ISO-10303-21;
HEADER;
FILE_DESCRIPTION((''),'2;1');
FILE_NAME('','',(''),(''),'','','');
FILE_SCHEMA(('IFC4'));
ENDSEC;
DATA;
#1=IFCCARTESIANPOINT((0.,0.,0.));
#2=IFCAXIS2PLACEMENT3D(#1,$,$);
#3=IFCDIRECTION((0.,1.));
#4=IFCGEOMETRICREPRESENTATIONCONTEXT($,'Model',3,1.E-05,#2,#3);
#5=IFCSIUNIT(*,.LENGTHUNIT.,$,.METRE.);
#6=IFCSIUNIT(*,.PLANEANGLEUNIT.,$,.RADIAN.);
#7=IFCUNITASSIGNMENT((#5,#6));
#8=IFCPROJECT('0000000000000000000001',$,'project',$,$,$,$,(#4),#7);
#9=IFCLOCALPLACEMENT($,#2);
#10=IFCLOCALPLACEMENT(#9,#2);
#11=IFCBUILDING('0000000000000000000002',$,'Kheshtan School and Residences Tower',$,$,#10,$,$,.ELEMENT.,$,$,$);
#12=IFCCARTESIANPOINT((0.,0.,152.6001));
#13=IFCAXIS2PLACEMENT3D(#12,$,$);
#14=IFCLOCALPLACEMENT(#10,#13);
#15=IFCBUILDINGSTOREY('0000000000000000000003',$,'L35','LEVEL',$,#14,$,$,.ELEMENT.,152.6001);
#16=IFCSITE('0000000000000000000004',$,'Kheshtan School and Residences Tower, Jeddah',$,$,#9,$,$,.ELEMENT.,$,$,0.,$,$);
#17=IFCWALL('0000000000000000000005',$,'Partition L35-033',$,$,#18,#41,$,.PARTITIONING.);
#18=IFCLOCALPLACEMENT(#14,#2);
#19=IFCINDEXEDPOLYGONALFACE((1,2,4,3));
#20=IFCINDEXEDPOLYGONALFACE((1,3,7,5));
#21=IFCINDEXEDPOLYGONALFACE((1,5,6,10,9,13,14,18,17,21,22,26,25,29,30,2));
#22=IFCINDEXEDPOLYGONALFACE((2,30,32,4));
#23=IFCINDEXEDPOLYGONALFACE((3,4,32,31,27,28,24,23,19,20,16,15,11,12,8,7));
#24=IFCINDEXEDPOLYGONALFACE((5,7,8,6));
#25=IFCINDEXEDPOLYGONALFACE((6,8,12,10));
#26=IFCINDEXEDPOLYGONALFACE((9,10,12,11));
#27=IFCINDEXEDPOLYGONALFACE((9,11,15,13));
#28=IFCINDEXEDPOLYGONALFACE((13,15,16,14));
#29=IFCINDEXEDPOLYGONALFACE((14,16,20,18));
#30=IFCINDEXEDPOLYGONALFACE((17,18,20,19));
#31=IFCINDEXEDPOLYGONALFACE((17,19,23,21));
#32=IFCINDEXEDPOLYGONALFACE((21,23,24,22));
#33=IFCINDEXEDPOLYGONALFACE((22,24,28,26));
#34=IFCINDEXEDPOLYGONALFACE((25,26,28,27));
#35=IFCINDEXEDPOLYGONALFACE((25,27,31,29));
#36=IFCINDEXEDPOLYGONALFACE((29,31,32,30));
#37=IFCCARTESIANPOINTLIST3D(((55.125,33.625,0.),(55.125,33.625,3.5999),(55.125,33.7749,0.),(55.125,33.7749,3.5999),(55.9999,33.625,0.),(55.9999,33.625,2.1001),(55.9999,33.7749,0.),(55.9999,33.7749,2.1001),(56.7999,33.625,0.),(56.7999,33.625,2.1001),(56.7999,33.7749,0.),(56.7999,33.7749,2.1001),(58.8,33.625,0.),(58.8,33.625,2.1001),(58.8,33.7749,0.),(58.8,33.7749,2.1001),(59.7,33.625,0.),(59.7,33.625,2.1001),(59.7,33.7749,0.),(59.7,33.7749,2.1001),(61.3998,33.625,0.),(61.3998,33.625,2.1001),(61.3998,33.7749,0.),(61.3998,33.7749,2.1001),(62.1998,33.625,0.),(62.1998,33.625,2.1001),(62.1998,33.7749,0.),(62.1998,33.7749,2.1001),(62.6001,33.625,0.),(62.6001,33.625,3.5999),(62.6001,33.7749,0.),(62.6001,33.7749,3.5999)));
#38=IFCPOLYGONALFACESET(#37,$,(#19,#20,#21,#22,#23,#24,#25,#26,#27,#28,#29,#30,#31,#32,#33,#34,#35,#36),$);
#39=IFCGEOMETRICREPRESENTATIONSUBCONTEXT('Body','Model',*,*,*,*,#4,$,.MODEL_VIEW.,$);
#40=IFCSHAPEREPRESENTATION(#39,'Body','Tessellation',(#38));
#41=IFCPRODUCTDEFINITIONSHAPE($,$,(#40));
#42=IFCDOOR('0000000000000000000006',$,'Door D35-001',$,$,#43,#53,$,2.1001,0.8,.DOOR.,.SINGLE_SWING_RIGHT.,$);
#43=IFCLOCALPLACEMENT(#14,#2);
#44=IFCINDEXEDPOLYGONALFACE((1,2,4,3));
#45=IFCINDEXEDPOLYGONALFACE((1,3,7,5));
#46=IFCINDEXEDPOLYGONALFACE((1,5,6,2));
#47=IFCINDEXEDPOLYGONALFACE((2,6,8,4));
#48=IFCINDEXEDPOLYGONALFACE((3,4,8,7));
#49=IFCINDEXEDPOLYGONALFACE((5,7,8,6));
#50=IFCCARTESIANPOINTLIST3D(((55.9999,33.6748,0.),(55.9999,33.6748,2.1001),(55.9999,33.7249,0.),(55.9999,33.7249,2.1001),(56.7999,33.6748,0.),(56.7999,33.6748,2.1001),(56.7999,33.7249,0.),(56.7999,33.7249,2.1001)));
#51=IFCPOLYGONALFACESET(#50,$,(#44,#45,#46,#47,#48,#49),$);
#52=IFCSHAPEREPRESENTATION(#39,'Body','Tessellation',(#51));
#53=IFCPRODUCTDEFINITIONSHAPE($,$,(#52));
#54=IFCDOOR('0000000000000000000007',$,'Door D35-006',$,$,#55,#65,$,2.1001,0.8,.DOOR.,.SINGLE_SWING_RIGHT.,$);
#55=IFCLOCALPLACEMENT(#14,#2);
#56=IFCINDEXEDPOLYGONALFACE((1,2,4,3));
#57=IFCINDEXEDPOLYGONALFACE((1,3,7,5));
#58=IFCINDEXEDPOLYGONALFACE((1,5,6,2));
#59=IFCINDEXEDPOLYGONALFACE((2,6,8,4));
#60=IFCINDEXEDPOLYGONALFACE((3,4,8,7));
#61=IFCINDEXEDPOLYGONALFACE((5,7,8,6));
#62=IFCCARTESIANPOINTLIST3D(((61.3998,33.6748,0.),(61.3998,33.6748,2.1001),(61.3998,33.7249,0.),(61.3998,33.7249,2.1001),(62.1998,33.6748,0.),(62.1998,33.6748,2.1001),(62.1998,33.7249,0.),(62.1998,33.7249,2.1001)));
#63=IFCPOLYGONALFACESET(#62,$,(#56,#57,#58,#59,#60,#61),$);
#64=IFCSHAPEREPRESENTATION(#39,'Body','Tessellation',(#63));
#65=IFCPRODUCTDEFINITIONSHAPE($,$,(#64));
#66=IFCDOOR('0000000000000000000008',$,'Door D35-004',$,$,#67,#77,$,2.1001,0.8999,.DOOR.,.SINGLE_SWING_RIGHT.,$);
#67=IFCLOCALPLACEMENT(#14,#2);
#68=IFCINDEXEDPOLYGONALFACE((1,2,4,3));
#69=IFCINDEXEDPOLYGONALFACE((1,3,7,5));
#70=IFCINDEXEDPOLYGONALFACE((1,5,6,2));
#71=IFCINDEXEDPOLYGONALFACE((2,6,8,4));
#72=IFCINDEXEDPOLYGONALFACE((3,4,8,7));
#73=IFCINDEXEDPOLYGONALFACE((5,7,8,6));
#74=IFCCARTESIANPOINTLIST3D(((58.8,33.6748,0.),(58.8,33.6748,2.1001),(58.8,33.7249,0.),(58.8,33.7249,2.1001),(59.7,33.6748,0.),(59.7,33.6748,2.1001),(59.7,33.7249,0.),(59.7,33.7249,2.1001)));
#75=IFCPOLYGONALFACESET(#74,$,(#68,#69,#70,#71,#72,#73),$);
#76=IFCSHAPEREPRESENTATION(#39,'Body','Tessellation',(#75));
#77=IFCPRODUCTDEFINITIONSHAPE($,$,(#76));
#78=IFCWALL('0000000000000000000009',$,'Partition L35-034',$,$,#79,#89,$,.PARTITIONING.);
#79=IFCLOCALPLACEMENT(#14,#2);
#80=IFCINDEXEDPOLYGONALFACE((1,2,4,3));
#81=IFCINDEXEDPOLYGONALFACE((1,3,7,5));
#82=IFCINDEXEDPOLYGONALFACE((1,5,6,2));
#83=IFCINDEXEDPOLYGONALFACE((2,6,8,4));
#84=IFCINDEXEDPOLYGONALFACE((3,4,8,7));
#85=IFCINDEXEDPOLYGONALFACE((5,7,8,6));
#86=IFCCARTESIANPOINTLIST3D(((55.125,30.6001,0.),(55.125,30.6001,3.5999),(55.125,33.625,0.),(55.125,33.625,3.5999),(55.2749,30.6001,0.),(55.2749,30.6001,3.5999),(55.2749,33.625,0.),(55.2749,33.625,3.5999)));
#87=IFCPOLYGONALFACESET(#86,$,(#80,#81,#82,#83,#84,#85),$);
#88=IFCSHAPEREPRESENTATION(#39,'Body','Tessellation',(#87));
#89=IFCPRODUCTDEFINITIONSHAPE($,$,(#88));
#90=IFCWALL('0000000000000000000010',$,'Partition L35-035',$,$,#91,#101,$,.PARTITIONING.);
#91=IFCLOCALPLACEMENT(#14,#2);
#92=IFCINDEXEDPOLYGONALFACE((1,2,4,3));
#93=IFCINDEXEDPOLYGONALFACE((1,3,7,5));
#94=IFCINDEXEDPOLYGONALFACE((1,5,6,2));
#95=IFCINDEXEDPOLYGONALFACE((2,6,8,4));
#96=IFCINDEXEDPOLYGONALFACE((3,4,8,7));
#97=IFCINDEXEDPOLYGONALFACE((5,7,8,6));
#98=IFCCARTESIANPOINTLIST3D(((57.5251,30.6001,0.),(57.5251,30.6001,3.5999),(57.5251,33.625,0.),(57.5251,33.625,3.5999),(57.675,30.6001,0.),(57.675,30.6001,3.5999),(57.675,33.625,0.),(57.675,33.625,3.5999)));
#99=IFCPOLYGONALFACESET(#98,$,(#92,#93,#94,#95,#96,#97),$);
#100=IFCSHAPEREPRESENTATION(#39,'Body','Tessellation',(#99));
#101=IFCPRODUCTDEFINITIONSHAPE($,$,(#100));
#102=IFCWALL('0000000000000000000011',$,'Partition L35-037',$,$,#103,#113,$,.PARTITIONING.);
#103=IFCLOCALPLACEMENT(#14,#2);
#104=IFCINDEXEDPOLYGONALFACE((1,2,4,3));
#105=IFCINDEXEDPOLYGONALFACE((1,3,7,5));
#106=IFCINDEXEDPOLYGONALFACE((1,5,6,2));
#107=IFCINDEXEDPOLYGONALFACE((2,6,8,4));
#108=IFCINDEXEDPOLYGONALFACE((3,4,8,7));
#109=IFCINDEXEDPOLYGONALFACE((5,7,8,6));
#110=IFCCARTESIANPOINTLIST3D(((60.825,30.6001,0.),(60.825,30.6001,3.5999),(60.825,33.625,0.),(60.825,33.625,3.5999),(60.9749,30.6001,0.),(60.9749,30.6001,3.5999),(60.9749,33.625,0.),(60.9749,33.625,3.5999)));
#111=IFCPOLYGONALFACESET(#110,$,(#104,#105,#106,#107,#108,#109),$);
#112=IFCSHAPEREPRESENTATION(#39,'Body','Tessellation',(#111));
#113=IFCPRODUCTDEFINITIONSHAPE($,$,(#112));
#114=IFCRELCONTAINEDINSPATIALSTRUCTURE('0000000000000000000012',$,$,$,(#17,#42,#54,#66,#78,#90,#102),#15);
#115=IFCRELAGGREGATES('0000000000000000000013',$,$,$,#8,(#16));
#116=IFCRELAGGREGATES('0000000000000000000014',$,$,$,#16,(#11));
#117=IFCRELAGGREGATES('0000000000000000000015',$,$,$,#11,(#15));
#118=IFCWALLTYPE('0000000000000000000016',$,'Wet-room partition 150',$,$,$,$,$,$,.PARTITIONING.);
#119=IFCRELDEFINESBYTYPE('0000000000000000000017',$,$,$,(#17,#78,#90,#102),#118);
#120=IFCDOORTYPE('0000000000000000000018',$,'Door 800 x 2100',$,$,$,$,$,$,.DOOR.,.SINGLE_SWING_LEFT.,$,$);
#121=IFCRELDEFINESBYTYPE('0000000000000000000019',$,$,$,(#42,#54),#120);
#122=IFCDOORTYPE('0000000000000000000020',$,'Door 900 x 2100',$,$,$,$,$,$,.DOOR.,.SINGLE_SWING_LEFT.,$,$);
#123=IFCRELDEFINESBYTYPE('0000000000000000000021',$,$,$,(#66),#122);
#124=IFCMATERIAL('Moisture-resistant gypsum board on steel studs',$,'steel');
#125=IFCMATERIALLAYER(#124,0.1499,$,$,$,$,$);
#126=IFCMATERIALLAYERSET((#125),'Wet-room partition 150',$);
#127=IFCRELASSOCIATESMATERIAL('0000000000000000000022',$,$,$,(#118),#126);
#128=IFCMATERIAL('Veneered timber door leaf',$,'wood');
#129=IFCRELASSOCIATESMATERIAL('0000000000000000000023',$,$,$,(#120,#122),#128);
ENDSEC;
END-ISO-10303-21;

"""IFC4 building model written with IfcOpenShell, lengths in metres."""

from ifc_helpers import new_model, si_unit, direction, frame, frame_2d, origin, place, context, subcontext, project, spatial, rectangle, extrude, source, transform, mapped, material, layer, layer_set, type_object, element, fill, save


model = new_model("IFC4")

# Units and contexts
model_context = context("Model", 3, precision=1e-05, world=origin(), true_north=direction((0.0, 1.0)))
body_context = subcontext(model_context, "Body", "Model", "MODEL_VIEW")
ifc_project = project(units=[si_unit("LENGTHUNIT", "METRE"), si_unit("PLANEANGLEUNIT", "RADIAN")], contexts=[model_context])

# Site, building, storey
site_placement = place(None, origin())
site = spatial("IfcSite", under=ifc_project, at=site_placement, Name="Kheshtan School and Residences Tower, Jeddah", CompositionType="ELEMENT", RefElevation=0.0)
building_placement = place(site_placement, origin())
building = spatial("IfcBuilding", under=site, at=building_placement, Name="Kheshtan School and Residences Tower", CompositionType="ELEMENT")
storey_placement = place(building_placement, frame((0.0, 0.0, 152.6001)))
storey = spatial("IfcBuildingStorey", under=building, at=storey_placement, Name="L35", Description="LEVEL", CompositionType="ELEMENT", Elevation=152.6001)

# Wall, openings, doors
ifc_material_1 = material(Name="Moisture-resistant gypsum board on steel studs", Category="steel")
ifc_layer_1 = layer(ifc_material_1, 0.1499)
ifc_layer_set_1 = layer_set([ifc_layer_1], Name="Wet-room partition 150")
wall_type_1 = type_object("IfcWallType", Name="Wet-room partition 150", PredefinedType="PARTITIONING", material=ifc_layer_set_1)
wall_1_placement = place(storey_placement, frame((55.125, 33.7, 0.0), z_axis=(0.0, 0.0, 1.0), x_axis=(1.0, 0.0, 0.0)))
wall_1 = element("IfcWall", 1, at=wall_1_placement, inside=storey, type_object=wall_type_1, Name="Partition L35-033", PredefinedType="PARTITIONING", context=body_context, shape_type="SweptSolid", body=[
    extrude(rectangle(XDim=7.4751, YDim=0.1499, at=frame_2d((3.7375, 0.0))), origin(), (0.0, 0.0, 1.0), 3.5999),
])
opening_1_placement = place(wall_1_placement, frame((0.875, 0.0, 0.0)))
opening_1 = element("IfcOpeningElement", 2, at=opening_1_placement, cuts=wall_1, PredefinedType="OPENING", context=body_context, shape_type="SweptSolid", body=[
    extrude(rectangle(XDim=0.8, YDim=2.1001, at=frame_2d((0.3999, 1.05))), frame((0.0, 0.085, 0.0), z_axis=(0.0, -1.0, 0.0), x_axis=(1.0, 0.0, 0.0)), (0.0, 0.0, 1.0), 0.1699),
])
opening_2_placement = place(wall_1_placement, frame((3.675, 0.0, 0.0)))
opening_2 = element("IfcOpeningElement", 3, at=opening_2_placement, cuts=wall_1, PredefinedType="OPENING", context=body_context, shape_type="SweptSolid", body=[
    extrude(rectangle(XDim=0.8999, YDim=2.1001, at=frame_2d((0.45, 1.05))), frame((0.0, 0.085, 0.0), z_axis=(0.0, -1.0, 0.0), x_axis=(1.0, 0.0, 0.0)), (0.0, 0.0, 1.0), 0.1699),
])
opening_3_placement = place(wall_1_placement, frame((6.2749, 0.0, 0.0)))
opening_3 = element("IfcOpeningElement", 4, at=opening_3_placement, cuts=wall_1, PredefinedType="OPENING", context=body_context, shape_type="SweptSolid", body=[
    extrude(rectangle(XDim=0.8, YDim=2.1001, at=frame_2d((0.3999, 1.05))), frame((0.0, 0.085, 0.0), z_axis=(0.0, -1.0, 0.0), x_axis=(1.0, 0.0, 0.0)), (0.0, 0.0, 1.0), 0.1699),
])
ifc_material_2 = material(Name="Veneered timber door leaf", Category="wood")
door_type_1 = type_object("IfcDoorType", Name="Door 800 x 2100", OperationType="SINGLE_SWING_LEFT", PredefinedType="DOOR", material=ifc_material_2)
shared_shape_1 = source(origin(), body_context, "Body", "SweptSolid", [
    extrude(rectangle(XDim=0.8, YDim=2.1001, at=frame_2d((0.3999, 1.05))), frame((0.0, 0.0249, 0.0), z_axis=(0.0, -1.0, 0.0), x_axis=(1.0, 0.0, 0.0)), (0.0, 0.0, 1.0), 0.05),
])
door_1_placement = place(opening_1_placement, origin())
door_1 = element("IfcDoor", 5, at=door_1_placement, inside=storey, type_object=door_type_1, Name="Door D35-001", OperationType="SINGLE_SWING_RIGHT", OverallHeight=2.1001, OverallWidth=0.8, PredefinedType="DOOR", context=body_context, shape_type="MappedRepresentation", body=[
    mapped(shared_shape_1, transform((0.0, 0.0, 0.0), x_axis=(1.0, 0.0, 0.0), y_axis=(0.0, 1.0, 0.0), z_axis=(0.0, 0.0, 1.0), scale=1.0)),
])
fill(opening_1, door_1)
door_2_placement = place(opening_3_placement, origin())
door_2 = element("IfcDoor", 6, at=door_2_placement, inside=storey, type_object=door_type_1, Name="Door D35-006", OperationType="SINGLE_SWING_RIGHT", OverallHeight=2.1001, OverallWidth=0.8, PredefinedType="DOOR", context=body_context, shape_type="MappedRepresentation", body=[
    mapped(shared_shape_1, transform((0.0, 0.0, 0.0), x_axis=(1.0, 0.0, 0.0), y_axis=(0.0, 1.0, 0.0), z_axis=(0.0, 0.0, 1.0), scale=1.0)),
])
fill(opening_3, door_2)
door_type_2 = type_object("IfcDoorType", Name="Door 900 x 2100", OperationType="SINGLE_SWING_LEFT", PredefinedType="DOOR", material=ifc_material_2)
shared_shape_2 = source(origin(), body_context, "Body", "SweptSolid", [
    extrude(rectangle(XDim=0.8999, YDim=2.1001, at=frame_2d((0.45, 1.05))), frame((0.0, 0.0249, 0.0), z_axis=(0.0, -1.0, 0.0), x_axis=(1.0, 0.0, 0.0)), (0.0, 0.0, 1.0), 0.05),
])
door_3_placement = place(opening_2_placement, origin())
door_3 = element("IfcDoor", 7, at=door_3_placement, inside=storey, type_object=door_type_2, Name="Door D35-004", OperationType="SINGLE_SWING_RIGHT", OverallHeight=2.1001, OverallWidth=0.8999, PredefinedType="DOOR", context=body_context, shape_type="MappedRepresentation", body=[
    mapped(shared_shape_2, transform((0.0, 0.0, 0.0), x_axis=(1.0, 0.0, 0.0), y_axis=(0.0, 1.0, 0.0), z_axis=(0.0, 0.0, 1.0), scale=1.0)),
])
fill(opening_2, door_3)

# Walls
for number, where, z_axis, x_axis, name in (
    (8, (55.2, 30.6001, 0.0), (0.0, 0.0, 1.0), (0.0, 1.0, 0.0), "Partition L35-034"),
    (9, (57.6001, 30.6001, 0.0), (0.0, 0.0, 1.0), (0.0, 1.0, 0.0), "Partition L35-035"),
    (10, (60.8999, 30.6001, 0.0), (0.0, 0.0, 1.0), (0.0, 1.0, 0.0), "Partition L35-037"),
):
    element("IfcWall", number, at=place(storey_placement, frame(where, z_axis=z_axis, x_axis=x_axis)), inside=storey, type_object=wall_type_1, Name=name, PredefinedType="PARTITIONING", context=body_context, shape_type="SweptSolid", body=[
        extrude(rectangle(XDim=3.0249, YDim=0.1499, at=frame_2d((1.5125, 0.0))), origin(), (0.0, 0.0, 1.0), 3.5999),
    ])

save(model, "model.ifc")
